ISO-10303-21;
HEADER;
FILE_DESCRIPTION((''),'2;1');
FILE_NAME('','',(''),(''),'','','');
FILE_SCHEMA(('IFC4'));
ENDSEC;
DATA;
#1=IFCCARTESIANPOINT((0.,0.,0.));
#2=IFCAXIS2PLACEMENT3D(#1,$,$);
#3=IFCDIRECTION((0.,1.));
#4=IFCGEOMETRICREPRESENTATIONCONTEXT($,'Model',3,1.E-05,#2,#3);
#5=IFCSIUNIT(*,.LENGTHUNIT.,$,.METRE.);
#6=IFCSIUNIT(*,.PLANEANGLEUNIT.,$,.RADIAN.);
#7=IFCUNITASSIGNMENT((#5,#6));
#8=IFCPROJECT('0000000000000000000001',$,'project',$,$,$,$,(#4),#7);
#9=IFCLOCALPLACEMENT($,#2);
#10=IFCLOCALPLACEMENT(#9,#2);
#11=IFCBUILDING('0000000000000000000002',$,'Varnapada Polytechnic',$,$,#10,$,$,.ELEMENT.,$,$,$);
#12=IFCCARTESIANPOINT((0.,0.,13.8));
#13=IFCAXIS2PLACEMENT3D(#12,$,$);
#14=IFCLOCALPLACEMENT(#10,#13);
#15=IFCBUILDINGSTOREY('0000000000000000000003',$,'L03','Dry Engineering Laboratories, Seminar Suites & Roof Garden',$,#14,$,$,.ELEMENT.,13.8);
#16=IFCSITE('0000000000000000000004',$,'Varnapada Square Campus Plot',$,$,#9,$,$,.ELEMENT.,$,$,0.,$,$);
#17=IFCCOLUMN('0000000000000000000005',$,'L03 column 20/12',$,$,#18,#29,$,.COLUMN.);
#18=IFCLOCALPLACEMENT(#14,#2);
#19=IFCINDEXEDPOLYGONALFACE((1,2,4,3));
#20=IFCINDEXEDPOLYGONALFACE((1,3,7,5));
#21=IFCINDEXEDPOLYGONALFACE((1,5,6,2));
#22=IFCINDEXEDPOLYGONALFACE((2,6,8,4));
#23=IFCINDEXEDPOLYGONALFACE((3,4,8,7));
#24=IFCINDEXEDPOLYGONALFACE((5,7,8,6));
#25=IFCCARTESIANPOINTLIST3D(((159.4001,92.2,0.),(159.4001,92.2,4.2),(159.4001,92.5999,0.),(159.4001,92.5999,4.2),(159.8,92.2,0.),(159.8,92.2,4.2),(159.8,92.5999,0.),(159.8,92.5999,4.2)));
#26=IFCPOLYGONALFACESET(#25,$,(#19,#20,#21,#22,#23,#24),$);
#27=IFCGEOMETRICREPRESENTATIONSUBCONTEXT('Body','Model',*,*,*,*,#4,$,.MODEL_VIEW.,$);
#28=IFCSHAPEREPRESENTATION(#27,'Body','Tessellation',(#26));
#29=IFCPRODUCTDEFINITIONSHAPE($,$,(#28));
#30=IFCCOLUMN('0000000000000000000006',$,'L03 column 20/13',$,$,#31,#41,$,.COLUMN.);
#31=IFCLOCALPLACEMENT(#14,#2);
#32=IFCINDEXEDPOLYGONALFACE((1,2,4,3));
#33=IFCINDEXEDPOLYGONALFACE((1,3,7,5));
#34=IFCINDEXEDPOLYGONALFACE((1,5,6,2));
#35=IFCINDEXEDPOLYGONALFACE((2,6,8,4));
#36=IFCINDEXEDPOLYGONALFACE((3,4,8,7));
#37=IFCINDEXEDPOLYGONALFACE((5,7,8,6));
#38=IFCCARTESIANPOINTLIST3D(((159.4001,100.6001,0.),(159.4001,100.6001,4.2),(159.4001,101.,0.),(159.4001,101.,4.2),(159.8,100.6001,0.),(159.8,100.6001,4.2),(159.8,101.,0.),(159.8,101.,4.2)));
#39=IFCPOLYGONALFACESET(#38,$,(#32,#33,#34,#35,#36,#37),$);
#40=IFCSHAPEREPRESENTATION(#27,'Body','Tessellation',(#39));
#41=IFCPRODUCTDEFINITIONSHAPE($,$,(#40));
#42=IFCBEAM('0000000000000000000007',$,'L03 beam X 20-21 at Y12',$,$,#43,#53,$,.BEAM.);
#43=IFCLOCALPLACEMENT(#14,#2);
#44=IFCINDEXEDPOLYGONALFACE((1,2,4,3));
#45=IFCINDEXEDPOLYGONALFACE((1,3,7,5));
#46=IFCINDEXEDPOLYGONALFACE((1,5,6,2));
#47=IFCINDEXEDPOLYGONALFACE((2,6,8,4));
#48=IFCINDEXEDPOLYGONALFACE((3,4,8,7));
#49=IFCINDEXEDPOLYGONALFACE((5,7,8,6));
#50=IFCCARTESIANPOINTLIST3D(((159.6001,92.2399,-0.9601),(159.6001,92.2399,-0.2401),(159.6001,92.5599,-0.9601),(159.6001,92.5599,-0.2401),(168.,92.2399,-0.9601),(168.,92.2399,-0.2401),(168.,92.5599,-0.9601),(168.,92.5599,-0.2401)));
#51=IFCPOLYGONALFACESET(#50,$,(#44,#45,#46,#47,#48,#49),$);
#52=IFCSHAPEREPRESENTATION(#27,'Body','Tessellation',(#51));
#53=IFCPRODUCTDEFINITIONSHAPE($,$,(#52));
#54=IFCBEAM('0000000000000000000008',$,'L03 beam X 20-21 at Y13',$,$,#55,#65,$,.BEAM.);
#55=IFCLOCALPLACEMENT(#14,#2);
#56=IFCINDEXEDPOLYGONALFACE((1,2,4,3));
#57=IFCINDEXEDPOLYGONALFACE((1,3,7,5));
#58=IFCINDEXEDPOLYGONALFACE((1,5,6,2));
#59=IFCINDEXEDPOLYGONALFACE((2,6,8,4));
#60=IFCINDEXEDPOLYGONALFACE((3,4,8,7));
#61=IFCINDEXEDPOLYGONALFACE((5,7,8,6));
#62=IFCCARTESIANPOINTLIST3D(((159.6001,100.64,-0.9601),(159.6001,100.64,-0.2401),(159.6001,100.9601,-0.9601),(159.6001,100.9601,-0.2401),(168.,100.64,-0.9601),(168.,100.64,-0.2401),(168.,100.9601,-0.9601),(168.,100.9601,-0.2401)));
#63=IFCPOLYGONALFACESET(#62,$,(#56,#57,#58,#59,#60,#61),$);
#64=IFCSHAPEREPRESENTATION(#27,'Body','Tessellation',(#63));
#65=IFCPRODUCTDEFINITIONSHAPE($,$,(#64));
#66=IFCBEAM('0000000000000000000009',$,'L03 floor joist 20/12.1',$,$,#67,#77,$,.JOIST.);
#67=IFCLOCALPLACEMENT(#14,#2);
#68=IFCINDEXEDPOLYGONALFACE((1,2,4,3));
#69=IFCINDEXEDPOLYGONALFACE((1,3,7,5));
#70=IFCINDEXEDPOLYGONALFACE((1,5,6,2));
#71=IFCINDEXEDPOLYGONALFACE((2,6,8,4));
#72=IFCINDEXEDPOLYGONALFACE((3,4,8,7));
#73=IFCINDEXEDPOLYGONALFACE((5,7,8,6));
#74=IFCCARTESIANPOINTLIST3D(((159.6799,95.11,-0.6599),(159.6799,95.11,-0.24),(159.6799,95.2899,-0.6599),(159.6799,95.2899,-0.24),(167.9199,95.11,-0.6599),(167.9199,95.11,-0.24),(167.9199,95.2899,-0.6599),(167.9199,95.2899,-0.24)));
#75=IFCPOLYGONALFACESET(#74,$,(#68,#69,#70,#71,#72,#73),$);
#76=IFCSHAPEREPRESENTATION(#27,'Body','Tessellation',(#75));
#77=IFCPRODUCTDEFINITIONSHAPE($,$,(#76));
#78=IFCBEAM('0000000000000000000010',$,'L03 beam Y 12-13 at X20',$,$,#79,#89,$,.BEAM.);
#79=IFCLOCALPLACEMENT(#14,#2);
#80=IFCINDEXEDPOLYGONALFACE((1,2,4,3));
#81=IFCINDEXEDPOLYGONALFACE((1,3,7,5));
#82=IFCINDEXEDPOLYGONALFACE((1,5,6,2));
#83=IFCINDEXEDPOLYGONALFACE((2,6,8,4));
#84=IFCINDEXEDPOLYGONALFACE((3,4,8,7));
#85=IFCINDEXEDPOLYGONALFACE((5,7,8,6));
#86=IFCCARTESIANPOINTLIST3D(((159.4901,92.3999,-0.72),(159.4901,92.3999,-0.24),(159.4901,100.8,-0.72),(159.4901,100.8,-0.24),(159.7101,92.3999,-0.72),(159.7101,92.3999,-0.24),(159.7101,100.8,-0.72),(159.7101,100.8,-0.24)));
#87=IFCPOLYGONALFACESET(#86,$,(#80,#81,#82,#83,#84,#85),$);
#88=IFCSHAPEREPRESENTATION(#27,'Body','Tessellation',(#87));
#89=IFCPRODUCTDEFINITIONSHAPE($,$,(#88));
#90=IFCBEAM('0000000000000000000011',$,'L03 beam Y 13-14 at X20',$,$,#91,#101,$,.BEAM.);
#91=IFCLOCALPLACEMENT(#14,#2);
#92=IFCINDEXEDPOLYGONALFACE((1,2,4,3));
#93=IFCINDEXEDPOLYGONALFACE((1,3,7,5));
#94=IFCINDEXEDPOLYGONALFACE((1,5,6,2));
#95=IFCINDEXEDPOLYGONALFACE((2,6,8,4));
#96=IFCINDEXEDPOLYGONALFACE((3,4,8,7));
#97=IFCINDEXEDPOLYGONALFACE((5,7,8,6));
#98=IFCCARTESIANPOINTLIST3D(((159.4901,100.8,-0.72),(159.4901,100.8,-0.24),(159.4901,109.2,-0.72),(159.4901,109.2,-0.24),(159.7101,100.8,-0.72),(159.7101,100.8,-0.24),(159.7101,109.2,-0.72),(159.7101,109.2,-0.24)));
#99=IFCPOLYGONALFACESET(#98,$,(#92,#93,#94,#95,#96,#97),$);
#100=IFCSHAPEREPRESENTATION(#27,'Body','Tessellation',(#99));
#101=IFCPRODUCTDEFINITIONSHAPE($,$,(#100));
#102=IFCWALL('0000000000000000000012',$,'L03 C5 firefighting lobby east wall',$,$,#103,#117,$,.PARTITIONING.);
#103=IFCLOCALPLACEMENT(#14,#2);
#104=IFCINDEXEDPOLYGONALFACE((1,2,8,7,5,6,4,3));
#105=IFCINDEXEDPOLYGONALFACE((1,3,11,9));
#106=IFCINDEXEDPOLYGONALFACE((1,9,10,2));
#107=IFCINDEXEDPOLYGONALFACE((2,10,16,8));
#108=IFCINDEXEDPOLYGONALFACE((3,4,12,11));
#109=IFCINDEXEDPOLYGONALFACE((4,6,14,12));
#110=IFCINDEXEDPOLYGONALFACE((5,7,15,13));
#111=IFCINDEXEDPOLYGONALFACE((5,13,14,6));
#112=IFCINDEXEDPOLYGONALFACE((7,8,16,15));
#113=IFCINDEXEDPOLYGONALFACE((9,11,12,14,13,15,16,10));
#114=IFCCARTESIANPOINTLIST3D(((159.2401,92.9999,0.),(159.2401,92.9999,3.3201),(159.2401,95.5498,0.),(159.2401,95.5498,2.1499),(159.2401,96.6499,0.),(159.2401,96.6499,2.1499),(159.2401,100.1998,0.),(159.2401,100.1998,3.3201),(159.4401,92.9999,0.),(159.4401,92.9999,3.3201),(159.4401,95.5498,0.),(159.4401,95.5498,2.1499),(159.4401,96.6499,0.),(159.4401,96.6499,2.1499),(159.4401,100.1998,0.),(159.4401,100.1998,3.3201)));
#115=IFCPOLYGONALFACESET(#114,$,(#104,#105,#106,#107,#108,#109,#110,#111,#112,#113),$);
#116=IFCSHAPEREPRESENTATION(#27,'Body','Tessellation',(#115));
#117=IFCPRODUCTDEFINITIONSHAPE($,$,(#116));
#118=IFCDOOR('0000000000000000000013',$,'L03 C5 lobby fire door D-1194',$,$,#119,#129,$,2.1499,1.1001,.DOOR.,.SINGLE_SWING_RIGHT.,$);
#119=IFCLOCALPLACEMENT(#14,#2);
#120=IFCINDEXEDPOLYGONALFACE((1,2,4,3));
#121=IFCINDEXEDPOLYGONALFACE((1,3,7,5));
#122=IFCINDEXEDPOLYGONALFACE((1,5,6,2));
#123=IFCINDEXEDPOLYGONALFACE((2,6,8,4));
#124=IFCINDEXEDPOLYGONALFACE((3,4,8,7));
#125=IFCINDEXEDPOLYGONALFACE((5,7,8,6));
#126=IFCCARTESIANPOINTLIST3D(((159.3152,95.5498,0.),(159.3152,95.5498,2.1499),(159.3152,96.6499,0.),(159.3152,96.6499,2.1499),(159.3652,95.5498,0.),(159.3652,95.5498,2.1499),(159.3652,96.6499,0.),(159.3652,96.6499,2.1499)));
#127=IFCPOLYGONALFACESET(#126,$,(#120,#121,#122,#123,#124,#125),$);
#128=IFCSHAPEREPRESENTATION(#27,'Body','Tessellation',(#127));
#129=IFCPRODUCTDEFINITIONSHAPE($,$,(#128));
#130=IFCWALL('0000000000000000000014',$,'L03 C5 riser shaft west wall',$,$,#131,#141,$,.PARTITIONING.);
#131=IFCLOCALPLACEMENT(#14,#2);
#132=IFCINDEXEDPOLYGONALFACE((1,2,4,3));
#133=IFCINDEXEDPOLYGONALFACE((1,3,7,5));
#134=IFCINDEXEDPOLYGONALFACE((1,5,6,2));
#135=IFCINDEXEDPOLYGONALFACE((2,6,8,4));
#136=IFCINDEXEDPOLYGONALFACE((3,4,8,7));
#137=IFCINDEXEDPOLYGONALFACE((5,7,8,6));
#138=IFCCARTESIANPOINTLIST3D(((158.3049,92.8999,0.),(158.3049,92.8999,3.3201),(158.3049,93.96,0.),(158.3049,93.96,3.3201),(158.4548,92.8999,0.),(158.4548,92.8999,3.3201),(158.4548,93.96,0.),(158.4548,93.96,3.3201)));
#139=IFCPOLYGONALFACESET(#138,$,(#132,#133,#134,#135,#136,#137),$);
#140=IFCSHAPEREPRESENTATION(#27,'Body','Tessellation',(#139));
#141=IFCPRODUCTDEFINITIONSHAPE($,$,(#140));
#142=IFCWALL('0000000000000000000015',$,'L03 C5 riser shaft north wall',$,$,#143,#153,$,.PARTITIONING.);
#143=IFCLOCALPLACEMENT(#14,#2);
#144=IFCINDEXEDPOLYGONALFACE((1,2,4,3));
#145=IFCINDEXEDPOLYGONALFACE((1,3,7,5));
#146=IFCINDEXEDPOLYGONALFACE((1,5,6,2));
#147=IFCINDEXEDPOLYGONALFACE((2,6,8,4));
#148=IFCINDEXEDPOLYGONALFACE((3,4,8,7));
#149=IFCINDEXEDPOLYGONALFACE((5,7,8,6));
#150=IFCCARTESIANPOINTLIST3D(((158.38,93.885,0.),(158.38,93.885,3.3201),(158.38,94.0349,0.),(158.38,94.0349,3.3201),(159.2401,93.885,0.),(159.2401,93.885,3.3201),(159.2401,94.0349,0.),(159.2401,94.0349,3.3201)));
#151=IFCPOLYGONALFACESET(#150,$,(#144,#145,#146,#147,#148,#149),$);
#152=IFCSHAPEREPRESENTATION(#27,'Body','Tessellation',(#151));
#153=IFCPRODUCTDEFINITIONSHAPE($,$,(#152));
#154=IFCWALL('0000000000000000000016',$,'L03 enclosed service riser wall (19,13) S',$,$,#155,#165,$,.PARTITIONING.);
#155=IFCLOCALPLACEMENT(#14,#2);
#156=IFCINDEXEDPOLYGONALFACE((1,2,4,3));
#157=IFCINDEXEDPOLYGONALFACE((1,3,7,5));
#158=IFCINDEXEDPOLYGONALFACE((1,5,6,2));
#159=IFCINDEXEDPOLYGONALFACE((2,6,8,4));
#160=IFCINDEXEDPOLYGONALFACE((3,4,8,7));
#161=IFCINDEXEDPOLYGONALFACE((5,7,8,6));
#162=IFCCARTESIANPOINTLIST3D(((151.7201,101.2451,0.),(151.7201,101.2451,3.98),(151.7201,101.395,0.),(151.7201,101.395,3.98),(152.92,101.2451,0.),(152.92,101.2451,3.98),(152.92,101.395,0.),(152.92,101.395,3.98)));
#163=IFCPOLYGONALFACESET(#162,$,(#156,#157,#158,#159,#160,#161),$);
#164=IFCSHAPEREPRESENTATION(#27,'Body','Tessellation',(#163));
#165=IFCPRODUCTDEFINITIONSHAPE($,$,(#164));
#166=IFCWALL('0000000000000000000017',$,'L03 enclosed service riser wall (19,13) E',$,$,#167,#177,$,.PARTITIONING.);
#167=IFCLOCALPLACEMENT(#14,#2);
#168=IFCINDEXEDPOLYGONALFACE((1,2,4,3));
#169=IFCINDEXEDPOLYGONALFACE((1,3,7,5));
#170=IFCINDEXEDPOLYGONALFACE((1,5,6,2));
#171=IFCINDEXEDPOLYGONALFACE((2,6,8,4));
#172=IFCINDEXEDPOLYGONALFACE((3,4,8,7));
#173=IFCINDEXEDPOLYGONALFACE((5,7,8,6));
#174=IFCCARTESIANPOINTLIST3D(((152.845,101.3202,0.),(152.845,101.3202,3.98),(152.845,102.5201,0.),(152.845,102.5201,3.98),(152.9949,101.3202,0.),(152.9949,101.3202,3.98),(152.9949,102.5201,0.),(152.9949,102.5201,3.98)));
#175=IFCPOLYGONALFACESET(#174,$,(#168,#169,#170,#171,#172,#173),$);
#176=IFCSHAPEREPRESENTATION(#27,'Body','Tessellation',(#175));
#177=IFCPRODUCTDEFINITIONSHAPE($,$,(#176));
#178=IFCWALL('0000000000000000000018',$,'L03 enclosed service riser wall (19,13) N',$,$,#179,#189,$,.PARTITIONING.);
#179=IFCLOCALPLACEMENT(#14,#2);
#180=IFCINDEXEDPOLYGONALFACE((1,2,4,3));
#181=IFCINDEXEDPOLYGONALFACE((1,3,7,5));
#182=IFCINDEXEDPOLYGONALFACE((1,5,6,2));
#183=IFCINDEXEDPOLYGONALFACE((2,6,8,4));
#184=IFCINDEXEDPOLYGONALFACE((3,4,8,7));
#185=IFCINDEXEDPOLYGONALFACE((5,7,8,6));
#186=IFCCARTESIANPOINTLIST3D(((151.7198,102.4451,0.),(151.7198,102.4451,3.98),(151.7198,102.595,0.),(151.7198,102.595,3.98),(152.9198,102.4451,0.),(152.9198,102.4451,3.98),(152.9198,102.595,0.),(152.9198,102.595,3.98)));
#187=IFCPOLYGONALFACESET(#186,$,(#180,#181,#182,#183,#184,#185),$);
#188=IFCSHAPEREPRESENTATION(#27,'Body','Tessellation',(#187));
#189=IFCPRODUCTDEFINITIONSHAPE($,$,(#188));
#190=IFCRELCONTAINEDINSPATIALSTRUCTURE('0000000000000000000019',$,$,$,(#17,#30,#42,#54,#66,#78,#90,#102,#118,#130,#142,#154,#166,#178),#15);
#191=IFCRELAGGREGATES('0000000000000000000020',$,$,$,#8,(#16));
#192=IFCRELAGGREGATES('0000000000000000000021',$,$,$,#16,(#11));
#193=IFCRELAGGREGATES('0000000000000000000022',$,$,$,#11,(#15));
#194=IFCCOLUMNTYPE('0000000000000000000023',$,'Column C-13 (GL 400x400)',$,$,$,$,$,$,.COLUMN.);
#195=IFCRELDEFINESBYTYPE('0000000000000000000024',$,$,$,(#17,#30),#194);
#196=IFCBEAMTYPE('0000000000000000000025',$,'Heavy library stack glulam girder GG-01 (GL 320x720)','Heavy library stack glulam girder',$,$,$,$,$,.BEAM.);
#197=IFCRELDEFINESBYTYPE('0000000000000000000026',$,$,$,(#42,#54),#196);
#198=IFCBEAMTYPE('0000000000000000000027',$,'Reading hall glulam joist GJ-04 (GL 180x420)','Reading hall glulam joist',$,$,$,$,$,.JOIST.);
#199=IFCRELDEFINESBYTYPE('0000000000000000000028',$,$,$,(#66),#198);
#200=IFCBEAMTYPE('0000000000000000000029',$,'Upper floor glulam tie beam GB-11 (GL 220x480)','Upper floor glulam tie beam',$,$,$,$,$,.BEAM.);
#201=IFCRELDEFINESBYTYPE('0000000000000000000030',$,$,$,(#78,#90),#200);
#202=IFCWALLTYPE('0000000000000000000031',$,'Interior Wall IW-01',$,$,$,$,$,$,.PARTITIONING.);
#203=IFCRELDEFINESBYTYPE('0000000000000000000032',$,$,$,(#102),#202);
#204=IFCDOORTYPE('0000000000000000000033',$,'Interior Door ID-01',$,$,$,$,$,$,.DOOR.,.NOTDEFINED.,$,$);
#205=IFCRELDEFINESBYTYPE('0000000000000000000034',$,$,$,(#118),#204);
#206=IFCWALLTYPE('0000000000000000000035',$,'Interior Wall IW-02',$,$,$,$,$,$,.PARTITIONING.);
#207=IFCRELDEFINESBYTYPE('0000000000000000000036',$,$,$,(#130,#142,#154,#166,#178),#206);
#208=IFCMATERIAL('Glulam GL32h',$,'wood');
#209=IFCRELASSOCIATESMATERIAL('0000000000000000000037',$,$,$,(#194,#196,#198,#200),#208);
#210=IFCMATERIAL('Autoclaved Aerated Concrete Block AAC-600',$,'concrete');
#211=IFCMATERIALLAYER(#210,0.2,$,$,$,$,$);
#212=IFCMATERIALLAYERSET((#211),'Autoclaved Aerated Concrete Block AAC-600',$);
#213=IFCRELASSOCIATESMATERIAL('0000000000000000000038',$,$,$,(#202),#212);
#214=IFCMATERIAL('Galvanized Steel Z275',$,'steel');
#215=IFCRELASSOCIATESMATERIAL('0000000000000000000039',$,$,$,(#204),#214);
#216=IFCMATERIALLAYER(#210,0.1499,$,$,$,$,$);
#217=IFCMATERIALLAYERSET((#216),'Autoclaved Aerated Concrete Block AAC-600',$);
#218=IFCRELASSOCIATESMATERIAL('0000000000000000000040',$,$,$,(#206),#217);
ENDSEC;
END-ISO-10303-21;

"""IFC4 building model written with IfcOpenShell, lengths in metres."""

from ifc_helpers import new_model, si_unit, direction, frame, frame_2d, origin, origin_2d, place, context, subcontext, project, spatial, rectangle, extrude, material, layer, layer_set, material_profile, profile_set, type_object, element, fill, save


model = new_model("IFC4")

# Units and contexts
model_context = context("Model", 3, precision=1e-05, world=origin(), true_north=direction((0.0, 1.0)))
body_context = subcontext(model_context, "Body", "Model", "MODEL_VIEW")
ifc_project = project(units=[si_unit("LENGTHUNIT", "METRE"), si_unit("PLANEANGLEUNIT", "RADIAN")], contexts=[model_context])

# Site, building, storey
site_placement = place(None, origin())
site = spatial("IfcSite", under=ifc_project, at=site_placement, Name="Varnapada Square Campus Plot", CompositionType="ELEMENT", RefElevation=0.0)
building_placement = place(site_placement, origin())
building = spatial("IfcBuilding", under=site, at=building_placement, Name="Varnapada Polytechnic", CompositionType="ELEMENT")
storey_placement = place(building_placement, frame((0.0, 0.0, 13.8)))
storey = spatial("IfcBuildingStorey", under=building, at=storey_placement, Name="L03", Description="Dry Engineering Laboratories, Seminar Suites & Roof Garden", CompositionType="ELEMENT", Elevation=13.8)

# Columns
ifc_material_1 = material(Name="Glulam GL32h", Category="wood")
ifc_material_profile_1 = material_profile(ifc_material_1, rectangle(XDim=0.3999, YDim=0.3999, at=origin_2d()), Name="GL 400x400")
ifc_profile_set_1 = profile_set([ifc_material_profile_1], Name="Glulam GL32h")
column_type = type_object("IfcColumnType", Name="Column C-13 (GL 400x400)", PredefinedType="COLUMN", material=ifc_profile_set_1)
for number, where, z_axis, x_axis, name in (
    (1, (159.6001, 92.3999, 0.0), (0.0, 0.0, 1.0), (1.0, 0.0, 0.0), "L03 column 20/12"),
    (2, (159.6001, 100.8, 0.0), (0.0, 0.0, 1.0), (1.0, 0.0, 0.0), "L03 column 20/13"),
):
    element("IfcColumn", number, at=place(storey_placement, frame(where, z_axis=z_axis, x_axis=x_axis)), inside=storey, type_object=column_type, Name=name, PredefinedType="COLUMN", context=body_context, shape_type="SweptSolid", body=[
        extrude(rectangle(XDim=0.3999, YDim=0.3999, at=origin_2d()), origin(), (0.0, 0.0, 1.0), 4.2),
    ])

# Beams
ifc_material_profile_2 = material_profile(ifc_material_1, rectangle(XDim=0.3201, YDim=0.72, at=origin_2d()), Name="GL 320x720")
ifc_profile_set_2 = profile_set([ifc_material_profile_2], Name="Glulam GL32h")
beam_type_1 = type_object("IfcBeamType", Name="Heavy library stack glulam girder GG-01 (GL 320x720)", Description="Heavy library stack glulam girder", PredefinedType="BEAM", material=ifc_profile_set_2)
for number, where, z_axis, x_axis, name in (
    (3, (159.6001, 92.3999, -0.6001), (1.0, 0.0, 0.0), (0.0, 1.0, 0.0), "L03 beam X 20-21 at Y12"),
    (4, (159.6001, 100.8, -0.6001), (1.0, 0.0, 0.0), (0.0, 1.0, 0.0), "L03 beam X 20-21 at Y13"),
):
    element("IfcBeam", number, at=place(storey_placement, frame(where, z_axis=z_axis, x_axis=x_axis)), inside=storey, type_object=beam_type_1, Name=name, PredefinedType="BEAM", context=body_context, shape_type="SweptSolid", body=[
        extrude(rectangle(XDim=0.3201, YDim=0.72, at=origin_2d()), origin(), (0.0, 0.0, 1.0), 8.3999),
    ])
ifc_material_profile_3 = material_profile(ifc_material_1, rectangle(XDim=0.1799, YDim=0.4199, at=origin_2d()), Name="GL 180x420")
ifc_profile_set_3 = profile_set([ifc_material_profile_3], Name="Glulam GL32h")
beam_type_2 = type_object("IfcBeamType", Name="Reading hall glulam joist GJ-04 (GL 180x420)", Description="Reading hall glulam joist", PredefinedType="JOIST", material=ifc_profile_set_3)
beam_1_placement = place(storey_placement, frame((159.6799, 95.2, -0.45), z_axis=(1.0, 0.0, 0.0), x_axis=(0.0, 1.0, 0.0)))
element("IfcBeam", 5, at=beam_1_placement, inside=storey, type_object=beam_type_2, Name="L03 floor joist 20/12.1", PredefinedType="JOIST", context=body_context, shape_type="SweptSolid", body=[
    extrude(rectangle(XDim=0.1799, YDim=0.4199, at=origin_2d()), origin(), (0.0, 0.0, 1.0), 8.24),
])
ifc_material_profile_4 = material_profile(ifc_material_1, rectangle(XDim=0.22, YDim=0.48, at=origin_2d()), Name="GL 220x480")
ifc_profile_set_4 = profile_set([ifc_material_profile_4], Name="Glulam GL32h")
beam_type_3 = type_object("IfcBeamType", Name="Upper floor glulam tie beam GB-11 (GL 220x480)", Description="Upper floor glulam tie beam", PredefinedType="BEAM", material=ifc_profile_set_4)
beam_2_placement = place(storey_placement, frame((159.6001, 92.3999, -0.48), z_axis=(0.0, 1.0, 0.0), x_axis=(-1.0, 0.0, 0.0)))
element("IfcBeam", 6, at=beam_2_placement, inside=storey, type_object=beam_type_3, Name="L03 beam Y 12-13 at X20", PredefinedType="BEAM", context=body_context, shape_type="SweptSolid", body=[
    extrude(rectangle(XDim=0.22, YDim=0.48, at=origin_2d()), origin(), (0.0, 0.0, 1.0), 8.4001),
])
beam_3_placement = place(storey_placement, frame((159.6001, 100.8, -0.48), z_axis=(0.0, 1.0, 0.0), x_axis=(-1.0, 0.0, 0.0)))
element("IfcBeam", 7, at=beam_3_placement, inside=storey, type_object=beam_type_3, Name="L03 beam Y 13-14 at X20", PredefinedType="BEAM", context=body_context, shape_type="SweptSolid", body=[
    extrude(rectangle(XDim=0.22, YDim=0.48, at=origin_2d()), origin(), (0.0, 0.0, 1.0), 8.3999),
])

# Wall, opening, door
ifc_material_2 = material(Name="Autoclaved Aerated Concrete Block AAC-600", Category="concrete")
ifc_layer_1 = layer(ifc_material_2, 0.2)
ifc_layer_set_1 = layer_set([ifc_layer_1], Name="Autoclaved Aerated Concrete Block AAC-600")
wall_type_1 = type_object("IfcWallType", Name="Interior Wall IW-01", PredefinedType="PARTITIONING", material=ifc_layer_set_1)
wall_1_placement = place(storey_placement, frame((159.3401, 100.2, 0.0), z_axis=(0.0, 0.0, 1.0), x_axis=(0.0, -1.0, 0.0)))
wall_1 = element("IfcWall", 8, at=wall_1_placement, inside=storey, type_object=wall_type_1, Name="L03 C5 firefighting lobby east wall", PredefinedType="PARTITIONING", context=body_context, shape_type="SweptSolid", body=[
    extrude(rectangle(XDim=7.2, YDim=0.2, at=frame_2d((3.6001, 0.0))), origin(), (0.0, 0.0, 1.0), 3.3201),
])
opening_1_placement = place(wall_1_placement, frame((3.55, 0.0, 0.0)))
opening_1 = element("IfcOpeningElement", 9, at=opening_1_placement, cuts=wall_1, PredefinedType="OPENING", context=body_context, shape_type="SweptSolid", body=[
    extrude(rectangle(XDim=1.1001, YDim=2.1499, at=frame_2d((0.55, 1.075))), frame((0.0, 0.1099, 0.0), z_axis=(0.0, -1.0, 0.0), x_axis=(1.0, 0.0, 0.0)), (0.0, 0.0, 1.0), 0.22),
])
ifc_material_3 = material(Name="Galvanized Steel Z275", Category="steel")
door_type_1 = type_object("IfcDoorType", Name="Interior Door ID-01", OperationType="NOTDEFINED", PredefinedType="DOOR", material=ifc_material_3)
door_1_placement = place(opening_1_placement, frame((1.1001, 0.0, 0.0), z_axis=(0.0, 0.0, 1.0), x_axis=(-1.0, 0.0, 0.0)))
door_1 = element("IfcDoor", 10, at=door_1_placement, inside=storey, type_object=door_type_1, Name="L03 C5 lobby fire door D-1194", OperationType="SINGLE_SWING_RIGHT", OverallHeight=2.1499, OverallWidth=1.1001, PredefinedType="DOOR", context=body_context, shape_type="SweptSolid", body=[
    extrude(rectangle(XDim=1.1001, YDim=2.1499, at=frame_2d((0.55, 1.075))), frame((0.0, 0.0249, 0.0), z_axis=(0.0, -1.0, 0.0), x_axis=(1.0, 0.0, 0.0)), (0.0, 0.0, 1.0), 0.05),
])
fill(opening_1, door_1)

# Walls
ifc_layer_2 = layer(ifc_material_2, 0.1499)
ifc_layer_set_2 = layer_set([ifc_layer_2], Name="Autoclaved Aerated Concrete Block AAC-600")
wall_type_2 = type_object("IfcWallType", Name="Interior Wall IW-02", PredefinedType="PARTITIONING", material=ifc_layer_set_2)
wall_2_placement = place(storey_placement, frame((158.3799, 93.96, 0.0), z_axis=(0.0, 0.0, 1.0), x_axis=(0.0, -1.0, 0.0)))
element("IfcWall", 11, at=wall_2_placement, inside=storey, type_object=wall_type_2, Name="L03 C5 riser shaft west wall", PredefinedType="PARTITIONING", context=body_context, shape_type="SweptSolid", body=[
    extrude(rectangle(XDim=1.0601, YDim=0.1499, at=frame_2d((0.53, 0.0))), origin(), (0.0, 0.0, 1.0), 3.3201),
])
wall_3_placement = place(storey_placement, frame((158.3799, 93.96, 0.0), z_axis=(0.0, 0.0, 1.0), x_axis=(1.0, 0.0, 0.0)))
element("IfcWall", 12, at=wall_3_placement, inside=storey, type_object=wall_type_2, Name="L03 C5 riser shaft north wall", PredefinedType="PARTITIONING", context=body_context, shape_type="SweptSolid", body=[
    extrude(rectangle(XDim=0.8601, YDim=0.1499, at=frame_2d((0.4302, 0.0))), origin(), (0.0, 0.0, 1.0), 3.3201),
])
for number, where, z_axis, x_axis, name in (
    (13, (151.72, 101.3201, 0.0), (0.0, 0.0, 1.0), (1.0, 0.0, 0.0), "L03 enclosed service riser wall (19,13) S"),
    (14, (152.9199, 101.3201, 0.0), (0.0, 0.0, 1.0), (0.0, 1.0, 0.0), "L03 enclosed service riser wall (19,13) E"),
    (15, (152.9199, 102.52, 0.0), (0.0, 0.0, 1.0), (-1.0, 0.0, 0.0), "L03 enclosed service riser wall (19,13) N"),
):
    element("IfcWall", number, at=place(storey_placement, frame(where, z_axis=z_axis, x_axis=x_axis)), inside=storey, type_object=wall_type_2, Name=name, PredefinedType="PARTITIONING", context=body_context, shape_type="SweptSolid", body=[
        extrude(rectangle(XDim=1.2, YDim=0.1499, at=frame_2d((0.6001, 0.0))), origin(), (0.0, 0.0, 1.0), 3.98),
    ])

save(model, "model.ifc")
